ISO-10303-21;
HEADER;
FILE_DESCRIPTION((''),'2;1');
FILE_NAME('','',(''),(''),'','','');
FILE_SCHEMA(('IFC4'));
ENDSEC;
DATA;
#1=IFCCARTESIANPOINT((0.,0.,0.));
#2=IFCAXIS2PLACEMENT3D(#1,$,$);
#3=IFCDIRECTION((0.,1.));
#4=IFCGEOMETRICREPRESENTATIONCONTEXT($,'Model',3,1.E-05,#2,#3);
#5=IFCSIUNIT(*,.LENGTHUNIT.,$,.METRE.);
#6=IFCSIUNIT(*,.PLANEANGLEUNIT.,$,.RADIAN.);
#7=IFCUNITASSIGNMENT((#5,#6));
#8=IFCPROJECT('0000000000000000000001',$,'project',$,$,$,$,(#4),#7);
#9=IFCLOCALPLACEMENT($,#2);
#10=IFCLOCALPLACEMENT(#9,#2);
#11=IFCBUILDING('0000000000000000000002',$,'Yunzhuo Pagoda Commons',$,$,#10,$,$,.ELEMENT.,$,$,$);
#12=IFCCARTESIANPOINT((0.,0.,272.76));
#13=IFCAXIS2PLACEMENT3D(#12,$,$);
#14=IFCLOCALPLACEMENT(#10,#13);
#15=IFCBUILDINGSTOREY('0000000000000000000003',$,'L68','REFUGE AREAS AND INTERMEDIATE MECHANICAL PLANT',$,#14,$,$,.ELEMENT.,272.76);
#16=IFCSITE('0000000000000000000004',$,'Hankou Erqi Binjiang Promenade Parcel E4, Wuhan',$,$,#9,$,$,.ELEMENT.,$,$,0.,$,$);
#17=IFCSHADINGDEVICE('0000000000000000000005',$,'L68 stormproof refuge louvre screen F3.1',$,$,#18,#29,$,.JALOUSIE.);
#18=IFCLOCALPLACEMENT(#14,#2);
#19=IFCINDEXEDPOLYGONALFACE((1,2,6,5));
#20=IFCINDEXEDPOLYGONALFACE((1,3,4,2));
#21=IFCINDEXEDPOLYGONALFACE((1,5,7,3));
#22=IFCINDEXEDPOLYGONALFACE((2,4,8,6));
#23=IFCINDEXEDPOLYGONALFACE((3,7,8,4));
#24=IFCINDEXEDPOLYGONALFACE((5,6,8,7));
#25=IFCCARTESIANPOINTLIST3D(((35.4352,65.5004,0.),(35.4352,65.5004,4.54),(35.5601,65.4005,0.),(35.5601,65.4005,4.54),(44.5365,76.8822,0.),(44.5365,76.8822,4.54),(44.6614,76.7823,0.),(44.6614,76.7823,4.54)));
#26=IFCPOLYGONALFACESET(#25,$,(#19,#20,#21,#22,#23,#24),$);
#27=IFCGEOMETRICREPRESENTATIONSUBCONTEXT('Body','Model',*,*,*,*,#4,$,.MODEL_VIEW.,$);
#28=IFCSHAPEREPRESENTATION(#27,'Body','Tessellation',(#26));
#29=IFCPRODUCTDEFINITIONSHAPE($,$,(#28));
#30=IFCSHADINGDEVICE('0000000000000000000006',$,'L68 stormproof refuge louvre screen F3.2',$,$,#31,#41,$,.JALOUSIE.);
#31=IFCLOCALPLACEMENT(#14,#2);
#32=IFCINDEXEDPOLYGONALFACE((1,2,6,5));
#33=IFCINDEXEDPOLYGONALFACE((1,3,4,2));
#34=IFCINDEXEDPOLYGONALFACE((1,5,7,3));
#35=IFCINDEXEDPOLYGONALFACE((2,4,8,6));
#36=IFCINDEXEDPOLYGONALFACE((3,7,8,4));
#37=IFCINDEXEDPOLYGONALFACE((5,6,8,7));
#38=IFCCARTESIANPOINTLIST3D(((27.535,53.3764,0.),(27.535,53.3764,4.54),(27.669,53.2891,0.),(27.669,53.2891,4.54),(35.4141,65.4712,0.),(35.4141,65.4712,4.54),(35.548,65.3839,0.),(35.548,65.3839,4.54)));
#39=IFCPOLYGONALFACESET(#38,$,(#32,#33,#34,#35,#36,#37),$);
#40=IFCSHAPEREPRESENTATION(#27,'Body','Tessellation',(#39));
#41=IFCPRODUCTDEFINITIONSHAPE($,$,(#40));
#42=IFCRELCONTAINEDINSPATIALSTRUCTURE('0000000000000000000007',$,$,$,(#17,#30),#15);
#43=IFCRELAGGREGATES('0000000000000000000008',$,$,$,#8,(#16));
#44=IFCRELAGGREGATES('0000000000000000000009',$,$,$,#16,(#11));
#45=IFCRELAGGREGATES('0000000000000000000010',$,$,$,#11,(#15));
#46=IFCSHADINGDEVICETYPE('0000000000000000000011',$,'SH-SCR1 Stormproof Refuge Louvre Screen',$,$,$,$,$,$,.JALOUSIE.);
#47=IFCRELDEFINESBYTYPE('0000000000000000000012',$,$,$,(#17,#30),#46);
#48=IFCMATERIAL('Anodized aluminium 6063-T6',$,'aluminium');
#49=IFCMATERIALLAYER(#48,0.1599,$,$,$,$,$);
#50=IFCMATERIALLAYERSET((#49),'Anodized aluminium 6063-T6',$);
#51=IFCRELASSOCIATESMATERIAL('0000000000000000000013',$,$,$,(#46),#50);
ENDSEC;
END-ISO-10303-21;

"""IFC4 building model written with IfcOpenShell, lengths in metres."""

from ifc_helpers import new_model, si_unit, direction, frame, origin, origin_2d, place, context, subcontext, project, spatial, rectangle, extrude, source, transform, mapped, material, layer, layer_set, type_object, element, save


model = new_model("IFC4")

# Units and contexts
model_context = context("Model", 3, precision=1e-05, world=origin(), true_north=direction((0.0, 1.0)))
body_context = subcontext(model_context, "Body", "Model", "MODEL_VIEW")
ifc_project = project(units=[si_unit("LENGTHUNIT", "METRE"), si_unit("PLANEANGLEUNIT", "RADIAN")], contexts=[model_context])

# Site, building, storey
site_placement = place(None, origin())
site = spatial("IfcSite", under=ifc_project, at=site_placement, Name="Hankou Erqi Binjiang Promenade Parcel E4, Wuhan", CompositionType="ELEMENT", RefElevation=0.0)
building_placement = place(site_placement, origin())
building = spatial("IfcBuilding", under=site, at=building_placement, Name="Yunzhuo Pagoda Commons", CompositionType="ELEMENT")
storey_placement = place(building_placement, frame((0.0, 0.0, 272.76)))
storey = spatial("IfcBuildingStorey", under=building, at=storey_placement, Name="L68", Description="REFUGE AREAS AND INTERMEDIATE MECHANICAL PLANT", CompositionType="ELEMENT", Elevation=272.76)

# Shading devices
ifc_material_1 = material(Name="Anodized aluminium 6063-T6", Category="aluminium")
ifc_layer_1 = layer(ifc_material_1, 0.1599)
ifc_layer_set_1 = layer_set([ifc_layer_1], Name="Anodized aluminium 6063-T6")
shading_device_type = type_object("IfcShadingDeviceType", Name="SH-SCR1 Stormproof Refuge Louvre Screen", PredefinedType="JALOUSIE", material=ifc_layer_set_1)
shared_shape_1 = source(origin(), body_context, "Body", "SweptSolid", [
    extrude(rectangle(XDim=14.5732, YDim=0.1599, at=origin_2d()), origin(), (0.0, 0.0, 1.0), 4.54),
])
shading_device_1_placement = place(storey_placement, frame((40.0483, 71.1414, 0.0), z_axis=(0.0, 0.0, 1.0), x_axis=(-0.62452, -0.781008, 0.0)))
element("IfcShadingDevice", 1, at=shading_device_1_placement, inside=storey, type_object=shading_device_type, Name="L68 stormproof refuge louvre screen F3.1", PredefinedType="JALOUSIE", context=body_context, shape_type="MappedRepresentation", body=[
    mapped(shared_shape_1, transform((0.0, 0.0, 0.0), scale=1.0)),
])
shared_shape_2 = source(origin(), body_context, "Body", "SweptSolid", [
    extrude(rectangle(XDim=14.4348, YDim=0.1599, at=origin_2d()), origin(), (0.0, 0.0, 1.0), 4.54),
])
shading_device_2_placement = place(storey_placement, frame((31.5415, 59.3801, 0.0), z_axis=(0.0, 0.0, 1.0), x_axis=(-0.545839, -0.83789, 0.0)))
element("IfcShadingDevice", 2, at=shading_device_2_placement, inside=storey, type_object=shading_device_type, Name="L68 stormproof refuge louvre screen F3.2", PredefinedType="JALOUSIE", context=body_context, shape_type="MappedRepresentation", body=[
    mapped(shared_shape_2, transform((0.0, 0.0, 0.0), scale=1.0)),
])

save(model, "model.ifc")
